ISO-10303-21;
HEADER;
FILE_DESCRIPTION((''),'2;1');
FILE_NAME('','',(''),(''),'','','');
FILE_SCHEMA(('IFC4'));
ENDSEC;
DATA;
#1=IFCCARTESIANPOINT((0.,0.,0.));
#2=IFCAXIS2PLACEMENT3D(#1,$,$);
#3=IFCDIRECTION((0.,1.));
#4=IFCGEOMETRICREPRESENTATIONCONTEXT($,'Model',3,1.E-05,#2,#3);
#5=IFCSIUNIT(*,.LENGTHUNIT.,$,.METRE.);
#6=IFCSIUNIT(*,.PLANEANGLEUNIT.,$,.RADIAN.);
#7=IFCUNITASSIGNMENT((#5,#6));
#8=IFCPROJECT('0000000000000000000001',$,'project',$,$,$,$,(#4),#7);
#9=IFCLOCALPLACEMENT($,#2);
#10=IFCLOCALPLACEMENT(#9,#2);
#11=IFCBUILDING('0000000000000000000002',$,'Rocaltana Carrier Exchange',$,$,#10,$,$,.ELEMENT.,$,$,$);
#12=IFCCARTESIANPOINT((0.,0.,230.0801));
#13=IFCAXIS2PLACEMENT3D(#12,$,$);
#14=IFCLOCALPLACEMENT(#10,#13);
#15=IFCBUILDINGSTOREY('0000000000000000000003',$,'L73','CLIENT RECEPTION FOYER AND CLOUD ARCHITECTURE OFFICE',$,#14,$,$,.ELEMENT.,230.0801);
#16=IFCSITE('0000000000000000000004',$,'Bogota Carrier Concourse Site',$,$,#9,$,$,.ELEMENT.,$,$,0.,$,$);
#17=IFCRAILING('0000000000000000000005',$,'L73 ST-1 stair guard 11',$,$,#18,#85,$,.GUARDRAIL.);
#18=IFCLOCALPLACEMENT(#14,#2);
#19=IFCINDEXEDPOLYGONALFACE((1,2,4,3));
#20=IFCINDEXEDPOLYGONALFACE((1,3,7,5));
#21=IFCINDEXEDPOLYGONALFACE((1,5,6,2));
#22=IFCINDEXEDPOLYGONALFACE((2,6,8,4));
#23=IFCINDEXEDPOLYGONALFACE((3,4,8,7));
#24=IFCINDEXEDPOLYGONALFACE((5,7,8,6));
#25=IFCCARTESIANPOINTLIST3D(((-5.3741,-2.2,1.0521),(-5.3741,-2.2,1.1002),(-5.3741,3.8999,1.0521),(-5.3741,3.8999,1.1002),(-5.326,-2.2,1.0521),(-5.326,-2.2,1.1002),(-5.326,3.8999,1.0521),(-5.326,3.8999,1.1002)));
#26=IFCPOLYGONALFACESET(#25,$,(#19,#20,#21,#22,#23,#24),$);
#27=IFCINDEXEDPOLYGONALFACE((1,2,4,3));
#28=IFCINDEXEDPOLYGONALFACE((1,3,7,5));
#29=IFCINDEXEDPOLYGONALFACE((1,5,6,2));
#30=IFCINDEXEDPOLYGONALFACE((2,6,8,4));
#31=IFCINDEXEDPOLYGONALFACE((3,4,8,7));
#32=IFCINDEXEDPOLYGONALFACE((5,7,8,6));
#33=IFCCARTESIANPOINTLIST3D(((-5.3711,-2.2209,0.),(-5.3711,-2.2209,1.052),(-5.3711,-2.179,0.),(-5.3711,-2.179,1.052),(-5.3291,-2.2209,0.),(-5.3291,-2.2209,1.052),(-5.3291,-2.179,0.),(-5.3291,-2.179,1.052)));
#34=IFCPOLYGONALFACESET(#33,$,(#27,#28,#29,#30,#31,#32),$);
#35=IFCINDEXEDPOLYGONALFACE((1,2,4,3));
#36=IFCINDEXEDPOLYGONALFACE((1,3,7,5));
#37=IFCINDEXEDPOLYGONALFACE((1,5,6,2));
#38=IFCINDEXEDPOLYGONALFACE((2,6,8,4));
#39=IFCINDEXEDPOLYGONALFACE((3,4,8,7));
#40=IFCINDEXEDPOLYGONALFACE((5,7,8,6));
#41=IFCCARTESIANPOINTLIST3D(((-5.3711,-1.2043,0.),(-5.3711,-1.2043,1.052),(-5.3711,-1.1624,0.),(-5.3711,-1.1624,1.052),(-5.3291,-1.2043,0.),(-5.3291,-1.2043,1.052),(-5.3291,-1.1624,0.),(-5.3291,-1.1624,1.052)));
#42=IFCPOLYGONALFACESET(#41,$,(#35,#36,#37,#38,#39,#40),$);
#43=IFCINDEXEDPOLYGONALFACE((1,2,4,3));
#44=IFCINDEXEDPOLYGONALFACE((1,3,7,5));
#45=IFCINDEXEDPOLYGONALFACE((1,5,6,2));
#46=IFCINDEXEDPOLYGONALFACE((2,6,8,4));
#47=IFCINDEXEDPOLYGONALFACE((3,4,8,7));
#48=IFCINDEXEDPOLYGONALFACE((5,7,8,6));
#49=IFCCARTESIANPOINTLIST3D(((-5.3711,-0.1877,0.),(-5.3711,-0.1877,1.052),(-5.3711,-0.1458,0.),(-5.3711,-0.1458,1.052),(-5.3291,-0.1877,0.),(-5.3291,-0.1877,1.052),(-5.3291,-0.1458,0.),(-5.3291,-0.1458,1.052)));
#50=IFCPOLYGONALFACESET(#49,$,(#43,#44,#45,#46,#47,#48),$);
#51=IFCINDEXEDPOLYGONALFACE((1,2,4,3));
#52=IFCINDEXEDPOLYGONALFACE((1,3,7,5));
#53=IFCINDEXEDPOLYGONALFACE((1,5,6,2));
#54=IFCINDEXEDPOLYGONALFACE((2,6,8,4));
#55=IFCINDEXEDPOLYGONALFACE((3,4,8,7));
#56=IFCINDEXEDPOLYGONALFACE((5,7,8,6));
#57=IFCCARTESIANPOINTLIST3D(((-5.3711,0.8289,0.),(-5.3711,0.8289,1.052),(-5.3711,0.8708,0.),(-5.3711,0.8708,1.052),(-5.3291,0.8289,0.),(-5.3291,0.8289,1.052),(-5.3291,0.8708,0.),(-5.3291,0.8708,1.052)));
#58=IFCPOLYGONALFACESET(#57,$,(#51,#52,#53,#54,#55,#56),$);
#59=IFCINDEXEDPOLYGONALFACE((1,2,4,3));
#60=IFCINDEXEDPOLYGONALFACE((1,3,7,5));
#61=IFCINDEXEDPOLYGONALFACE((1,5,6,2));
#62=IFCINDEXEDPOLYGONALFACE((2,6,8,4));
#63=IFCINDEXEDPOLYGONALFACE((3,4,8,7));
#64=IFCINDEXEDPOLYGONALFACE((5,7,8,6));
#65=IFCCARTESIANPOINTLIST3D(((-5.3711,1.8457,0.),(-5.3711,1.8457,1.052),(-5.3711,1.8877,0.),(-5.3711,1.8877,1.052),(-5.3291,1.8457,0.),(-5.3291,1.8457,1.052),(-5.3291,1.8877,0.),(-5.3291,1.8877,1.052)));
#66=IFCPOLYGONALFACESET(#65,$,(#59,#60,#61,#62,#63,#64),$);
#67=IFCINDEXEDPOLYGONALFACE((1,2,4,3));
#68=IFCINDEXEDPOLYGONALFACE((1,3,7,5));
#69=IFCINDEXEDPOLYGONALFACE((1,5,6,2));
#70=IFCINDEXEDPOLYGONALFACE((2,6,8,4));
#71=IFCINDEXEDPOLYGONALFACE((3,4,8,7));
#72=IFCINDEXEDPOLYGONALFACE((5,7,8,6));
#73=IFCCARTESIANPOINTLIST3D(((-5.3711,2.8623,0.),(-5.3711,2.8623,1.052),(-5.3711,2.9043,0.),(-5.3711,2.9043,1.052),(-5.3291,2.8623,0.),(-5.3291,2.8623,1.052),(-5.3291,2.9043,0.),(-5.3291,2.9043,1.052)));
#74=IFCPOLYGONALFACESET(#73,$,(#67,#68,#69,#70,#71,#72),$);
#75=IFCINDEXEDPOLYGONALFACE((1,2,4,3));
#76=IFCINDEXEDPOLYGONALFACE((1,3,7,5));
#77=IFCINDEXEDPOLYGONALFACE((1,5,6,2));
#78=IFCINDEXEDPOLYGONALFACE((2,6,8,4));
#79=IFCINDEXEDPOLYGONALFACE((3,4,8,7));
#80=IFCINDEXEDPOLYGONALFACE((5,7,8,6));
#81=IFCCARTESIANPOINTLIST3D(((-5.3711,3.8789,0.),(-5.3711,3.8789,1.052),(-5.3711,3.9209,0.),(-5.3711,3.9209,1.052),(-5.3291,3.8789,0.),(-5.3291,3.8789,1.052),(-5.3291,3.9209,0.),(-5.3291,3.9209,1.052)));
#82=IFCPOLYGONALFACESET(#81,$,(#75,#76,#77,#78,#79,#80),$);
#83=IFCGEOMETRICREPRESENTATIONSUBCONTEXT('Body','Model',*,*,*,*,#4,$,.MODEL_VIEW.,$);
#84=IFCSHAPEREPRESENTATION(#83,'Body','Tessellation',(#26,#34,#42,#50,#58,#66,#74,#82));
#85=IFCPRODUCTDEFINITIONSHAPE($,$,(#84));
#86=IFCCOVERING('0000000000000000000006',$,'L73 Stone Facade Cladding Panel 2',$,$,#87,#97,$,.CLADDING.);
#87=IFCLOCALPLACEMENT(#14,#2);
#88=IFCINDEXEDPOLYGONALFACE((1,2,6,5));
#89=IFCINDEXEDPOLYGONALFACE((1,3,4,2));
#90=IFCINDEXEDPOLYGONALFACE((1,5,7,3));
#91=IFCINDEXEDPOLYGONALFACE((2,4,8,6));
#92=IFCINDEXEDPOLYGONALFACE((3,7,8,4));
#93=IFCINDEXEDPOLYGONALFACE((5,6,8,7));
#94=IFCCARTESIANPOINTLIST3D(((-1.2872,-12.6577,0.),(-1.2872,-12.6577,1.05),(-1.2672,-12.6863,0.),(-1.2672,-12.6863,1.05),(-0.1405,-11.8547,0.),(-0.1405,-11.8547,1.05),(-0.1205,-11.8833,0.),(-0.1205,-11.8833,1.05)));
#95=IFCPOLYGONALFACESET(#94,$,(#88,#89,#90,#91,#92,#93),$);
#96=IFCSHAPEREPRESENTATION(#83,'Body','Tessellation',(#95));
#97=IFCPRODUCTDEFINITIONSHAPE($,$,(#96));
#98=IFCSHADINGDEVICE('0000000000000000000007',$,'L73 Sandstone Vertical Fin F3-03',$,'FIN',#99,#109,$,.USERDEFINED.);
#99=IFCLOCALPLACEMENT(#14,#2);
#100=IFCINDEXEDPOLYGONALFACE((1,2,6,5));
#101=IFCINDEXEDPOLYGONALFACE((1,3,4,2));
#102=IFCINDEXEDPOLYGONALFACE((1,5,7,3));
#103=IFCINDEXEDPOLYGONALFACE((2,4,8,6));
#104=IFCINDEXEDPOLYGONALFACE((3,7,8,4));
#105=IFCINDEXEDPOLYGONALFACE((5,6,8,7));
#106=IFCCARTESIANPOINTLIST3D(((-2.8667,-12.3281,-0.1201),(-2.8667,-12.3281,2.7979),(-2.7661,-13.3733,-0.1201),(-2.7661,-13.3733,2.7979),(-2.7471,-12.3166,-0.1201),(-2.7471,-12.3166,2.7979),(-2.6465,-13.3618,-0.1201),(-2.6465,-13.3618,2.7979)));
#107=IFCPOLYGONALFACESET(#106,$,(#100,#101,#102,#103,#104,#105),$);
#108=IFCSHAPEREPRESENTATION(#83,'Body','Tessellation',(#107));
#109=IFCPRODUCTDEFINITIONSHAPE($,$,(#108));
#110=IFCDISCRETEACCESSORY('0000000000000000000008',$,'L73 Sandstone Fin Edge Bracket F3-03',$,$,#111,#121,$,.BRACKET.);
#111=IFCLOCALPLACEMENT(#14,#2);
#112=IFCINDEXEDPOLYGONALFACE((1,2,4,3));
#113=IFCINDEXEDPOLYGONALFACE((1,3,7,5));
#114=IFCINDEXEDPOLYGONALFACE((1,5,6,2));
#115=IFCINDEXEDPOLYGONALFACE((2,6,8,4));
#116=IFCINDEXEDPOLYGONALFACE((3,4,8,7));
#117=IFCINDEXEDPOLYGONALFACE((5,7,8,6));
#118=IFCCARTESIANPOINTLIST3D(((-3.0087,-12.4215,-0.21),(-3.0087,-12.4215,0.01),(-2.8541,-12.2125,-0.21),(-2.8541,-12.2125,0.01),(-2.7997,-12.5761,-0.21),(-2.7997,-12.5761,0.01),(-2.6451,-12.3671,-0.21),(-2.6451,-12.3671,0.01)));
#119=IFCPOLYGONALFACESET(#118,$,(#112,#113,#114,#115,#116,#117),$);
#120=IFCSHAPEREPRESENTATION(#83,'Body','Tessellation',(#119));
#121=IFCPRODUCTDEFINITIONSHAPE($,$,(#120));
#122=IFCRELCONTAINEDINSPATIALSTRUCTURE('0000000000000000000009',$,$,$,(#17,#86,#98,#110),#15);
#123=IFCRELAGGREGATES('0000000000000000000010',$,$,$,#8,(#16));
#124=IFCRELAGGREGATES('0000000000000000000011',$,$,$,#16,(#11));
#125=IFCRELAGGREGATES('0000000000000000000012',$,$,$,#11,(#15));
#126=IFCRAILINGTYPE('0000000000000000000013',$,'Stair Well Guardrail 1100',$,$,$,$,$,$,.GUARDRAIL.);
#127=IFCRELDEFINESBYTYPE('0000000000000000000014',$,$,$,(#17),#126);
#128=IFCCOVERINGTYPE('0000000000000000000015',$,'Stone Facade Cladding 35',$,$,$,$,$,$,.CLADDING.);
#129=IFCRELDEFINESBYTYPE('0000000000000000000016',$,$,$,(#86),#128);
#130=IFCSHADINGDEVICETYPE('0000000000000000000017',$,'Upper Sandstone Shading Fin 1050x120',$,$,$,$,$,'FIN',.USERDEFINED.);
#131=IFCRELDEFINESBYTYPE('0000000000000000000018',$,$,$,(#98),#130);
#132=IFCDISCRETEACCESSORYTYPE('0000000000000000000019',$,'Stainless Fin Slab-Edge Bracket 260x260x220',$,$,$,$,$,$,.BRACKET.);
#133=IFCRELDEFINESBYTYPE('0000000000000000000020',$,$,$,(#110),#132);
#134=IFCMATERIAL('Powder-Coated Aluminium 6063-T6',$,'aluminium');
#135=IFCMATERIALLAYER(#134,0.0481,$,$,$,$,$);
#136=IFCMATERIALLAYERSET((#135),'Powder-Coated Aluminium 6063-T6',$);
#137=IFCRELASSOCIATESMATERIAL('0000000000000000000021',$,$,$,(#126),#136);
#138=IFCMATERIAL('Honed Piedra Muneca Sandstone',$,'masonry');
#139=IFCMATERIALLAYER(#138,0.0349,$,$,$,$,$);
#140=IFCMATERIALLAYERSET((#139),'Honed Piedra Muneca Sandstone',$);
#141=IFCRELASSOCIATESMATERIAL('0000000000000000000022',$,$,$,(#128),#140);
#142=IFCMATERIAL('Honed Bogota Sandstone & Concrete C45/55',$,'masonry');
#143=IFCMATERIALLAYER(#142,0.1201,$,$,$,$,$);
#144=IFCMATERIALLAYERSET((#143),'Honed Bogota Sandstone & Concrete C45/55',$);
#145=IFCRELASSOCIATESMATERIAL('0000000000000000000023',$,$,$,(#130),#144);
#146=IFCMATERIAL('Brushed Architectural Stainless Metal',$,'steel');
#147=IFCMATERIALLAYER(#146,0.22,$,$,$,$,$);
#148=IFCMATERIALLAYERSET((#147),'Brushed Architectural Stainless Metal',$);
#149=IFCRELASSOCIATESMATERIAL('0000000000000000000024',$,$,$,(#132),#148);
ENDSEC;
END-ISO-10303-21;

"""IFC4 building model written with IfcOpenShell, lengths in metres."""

from ifc_helpers import new_model, si_unit, direction, frame, origin, origin_2d, place, context, subcontext, project, spatial, rectangle, extrude, material, layer, layer_set, type_object, element, save


model = new_model("IFC4")

# Units and contexts
model_context = context("Model", 3, precision=1e-05, world=origin(), true_north=direction((0.0, 1.0)))
body_context = subcontext(model_context, "Body", "Model", "MODEL_VIEW")
ifc_project = project(units=[si_unit("LENGTHUNIT", "METRE"), si_unit("PLANEANGLEUNIT", "RADIAN")], contexts=[model_context])

# Site, building, storey
site_placement = place(None, origin())
site = spatial("IfcSite", under=ifc_project, at=site_placement, Name="Bogota Carrier Concourse Site", CompositionType="ELEMENT", RefElevation=0.0)
building_placement = place(site_placement, origin())
building = spatial("IfcBuilding", under=site, at=building_placement, Name="Rocaltana Carrier Exchange", CompositionType="ELEMENT")
storey_placement = place(building_placement, frame((0.0, 0.0, 230.0801)))
storey = spatial("IfcBuildingStorey", under=building, at=storey_placement, Name="L73", Description="CLIENT RECEPTION FOYER AND CLOUD ARCHITECTURE OFFICE", CompositionType="ELEMENT", Elevation=230.0801)

# Railing
ifc_material_1 = material(Name="Powder-Coated Aluminium 6063-T6", Category="aluminium")
ifc_layer_1 = layer(ifc_material_1, 0.0481)
ifc_layer_set_1 = layer_set([ifc_layer_1], Name="Powder-Coated Aluminium 6063-T6")
railing_type_1 = type_object("IfcRailingType", Name="Stair Well Guardrail 1100", PredefinedType="GUARDRAIL", material=ifc_layer_set_1)
for number, where, name in (
    (1, (-5.3501, -2.2, 0.0), "L73 ST-1 stair guard 11"),
):
    element("IfcRailing", number, at=place(storey_placement, frame(where)), inside=storey, type_object=railing_type_1, Name=name, PredefinedType="GUARDRAIL", context=body_context, shape_type="SweptSolid", body=[
        extrude(rectangle(XDim=0.0481, YDim=0.0481, at=origin_2d()), frame((0.0, 0.0, 1.0762), z_axis=(0.0, 1.0, 0.0), x_axis=(-1.0, 0.0, 0.0)), (0.0, 0.0, 1.0), 6.0999),
        extrude(rectangle(XDim=0.042, YDim=0.042, at=origin_2d()), origin(), (0.0, 0.0, 1.0), 1.052),
        extrude(rectangle(XDim=0.042, YDim=0.042, at=origin_2d()), frame((0.0, 1.0166, 0.0)), (0.0, 0.0, 1.0), 1.052),
        extrude(rectangle(XDim=0.042, YDim=0.042, at=origin_2d()), frame((0.0, 2.0332, 0.0)), (0.0, 0.0, 1.0), 1.052),
        extrude(rectangle(XDim=0.042, YDim=0.042, at=origin_2d()), frame((0.0, 3.0498, 0.0)), (0.0, 0.0, 1.0), 1.052),
        extrude(rectangle(XDim=0.042, YDim=0.042, at=origin_2d()), frame((0.0, 4.0667, 0.0)), (0.0, 0.0, 1.0), 1.052),
        extrude(rectangle(XDim=0.042, YDim=0.042, at=origin_2d()), frame((0.0, 5.0833, 0.0)), (0.0, 0.0, 1.0), 1.052),
        extrude(rectangle(XDim=0.042, YDim=0.042, at=origin_2d()), frame((0.0, 6.0999, 0.0)), (0.0, 0.0, 1.0), 1.052),
    ])

# Covering
ifc_material_2 = material(Name="Honed Piedra Muneca Sandstone", Category="masonry")
ifc_layer_2 = layer(ifc_material_2, 0.0349)
ifc_layer_set_2 = layer_set([ifc_layer_2], Name="Honed Piedra Muneca Sandstone")
covering_type_1 = type_object("IfcCoveringType", Name="Stone Facade Cladding 35", PredefinedType="CLADDING", material=ifc_layer_set_2)
covering_1_placement = place(storey_placement, frame((-0.7039, -12.2705, 0.0), z_axis=(0.0, 0.0, 1.0), x_axis=(0.819152, 0.573576, 0.0)))
element("IfcCovering", 2, at=covering_1_placement, inside=storey, type_object=covering_type_1, Name="L73 Stone Facade Cladding Panel 2", PredefinedType="CLADDING", context=body_context, shape_type="SweptSolid", body=[
    extrude(rectangle(XDim=1.3999, YDim=0.0349, at=origin_2d()), origin(), (0.0, 0.0, 1.0), 1.05),
])

# Shading device
ifc_material_3 = material(Name="Honed Bogota Sandstone & Concrete C45/55", Category="masonry")
ifc_layer_3 = layer(ifc_material_3, 0.1201)
ifc_layer_set_3 = layer_set([ifc_layer_3], Name="Honed Bogota Sandstone & Concrete C45/55")
shading_device_type = type_object("IfcShadingDeviceType", Name="Upper Sandstone Shading Fin 1050x120", ElementType="FIN", PredefinedType="USERDEFINED", material=ifc_layer_set_3)
shading_device_placement = place(storey_placement, frame((-2.7566, -12.845, -0.1201), z_axis=(0.0, 0.0, 1.0), x_axis=(0.095846, -0.995396, 0.0)))
element("IfcShadingDevice", 3, at=shading_device_placement, inside=storey, type_object=shading_device_type, Name="L73 Sandstone Vertical Fin F3-03", ObjectType="FIN", PredefinedType="USERDEFINED", context=body_context, shape_type="SweptSolid", body=[
    extrude(rectangle(XDim=1.05, YDim=0.1201, at=origin_2d()), origin(), (0.0, 0.0, 1.0), 2.918),
])

# Discrete accessory
ifc_material_4 = material(Name="Brushed Architectural Stainless Metal", Category="steel")
ifc_layer_4 = layer(ifc_material_4, 0.22)
ifc_layer_set_4 = layer_set([ifc_layer_4], Name="Brushed Architectural Stainless Metal")
discrete_accessory_type = type_object("IfcDiscreteAccessoryType", Name="Stainless Fin Slab-Edge Bracket 260x260x220", PredefinedType="BRACKET", material=ifc_layer_set_4)
discrete_accessory_placement = place(storey_placement, frame((-2.8269, -12.3943, -0.21), z_axis=(0.0, 0.0, 1.0), x_axis=(0.803857, -0.594823, 0.0)))
element("IfcDiscreteAccessory", 4, at=discrete_accessory_placement, inside=storey, type_object=discrete_accessory_type, Name="L73 Sandstone Fin Edge Bracket F3-03", PredefinedType="BRACKET", context=body_context, shape_type="SweptSolid", body=[
    extrude(rectangle(XDim=0.26, YDim=0.26, at=origin_2d()), origin(), (0.0, 0.0, 1.0), 0.22),
])

save(model, "model.ifc")
